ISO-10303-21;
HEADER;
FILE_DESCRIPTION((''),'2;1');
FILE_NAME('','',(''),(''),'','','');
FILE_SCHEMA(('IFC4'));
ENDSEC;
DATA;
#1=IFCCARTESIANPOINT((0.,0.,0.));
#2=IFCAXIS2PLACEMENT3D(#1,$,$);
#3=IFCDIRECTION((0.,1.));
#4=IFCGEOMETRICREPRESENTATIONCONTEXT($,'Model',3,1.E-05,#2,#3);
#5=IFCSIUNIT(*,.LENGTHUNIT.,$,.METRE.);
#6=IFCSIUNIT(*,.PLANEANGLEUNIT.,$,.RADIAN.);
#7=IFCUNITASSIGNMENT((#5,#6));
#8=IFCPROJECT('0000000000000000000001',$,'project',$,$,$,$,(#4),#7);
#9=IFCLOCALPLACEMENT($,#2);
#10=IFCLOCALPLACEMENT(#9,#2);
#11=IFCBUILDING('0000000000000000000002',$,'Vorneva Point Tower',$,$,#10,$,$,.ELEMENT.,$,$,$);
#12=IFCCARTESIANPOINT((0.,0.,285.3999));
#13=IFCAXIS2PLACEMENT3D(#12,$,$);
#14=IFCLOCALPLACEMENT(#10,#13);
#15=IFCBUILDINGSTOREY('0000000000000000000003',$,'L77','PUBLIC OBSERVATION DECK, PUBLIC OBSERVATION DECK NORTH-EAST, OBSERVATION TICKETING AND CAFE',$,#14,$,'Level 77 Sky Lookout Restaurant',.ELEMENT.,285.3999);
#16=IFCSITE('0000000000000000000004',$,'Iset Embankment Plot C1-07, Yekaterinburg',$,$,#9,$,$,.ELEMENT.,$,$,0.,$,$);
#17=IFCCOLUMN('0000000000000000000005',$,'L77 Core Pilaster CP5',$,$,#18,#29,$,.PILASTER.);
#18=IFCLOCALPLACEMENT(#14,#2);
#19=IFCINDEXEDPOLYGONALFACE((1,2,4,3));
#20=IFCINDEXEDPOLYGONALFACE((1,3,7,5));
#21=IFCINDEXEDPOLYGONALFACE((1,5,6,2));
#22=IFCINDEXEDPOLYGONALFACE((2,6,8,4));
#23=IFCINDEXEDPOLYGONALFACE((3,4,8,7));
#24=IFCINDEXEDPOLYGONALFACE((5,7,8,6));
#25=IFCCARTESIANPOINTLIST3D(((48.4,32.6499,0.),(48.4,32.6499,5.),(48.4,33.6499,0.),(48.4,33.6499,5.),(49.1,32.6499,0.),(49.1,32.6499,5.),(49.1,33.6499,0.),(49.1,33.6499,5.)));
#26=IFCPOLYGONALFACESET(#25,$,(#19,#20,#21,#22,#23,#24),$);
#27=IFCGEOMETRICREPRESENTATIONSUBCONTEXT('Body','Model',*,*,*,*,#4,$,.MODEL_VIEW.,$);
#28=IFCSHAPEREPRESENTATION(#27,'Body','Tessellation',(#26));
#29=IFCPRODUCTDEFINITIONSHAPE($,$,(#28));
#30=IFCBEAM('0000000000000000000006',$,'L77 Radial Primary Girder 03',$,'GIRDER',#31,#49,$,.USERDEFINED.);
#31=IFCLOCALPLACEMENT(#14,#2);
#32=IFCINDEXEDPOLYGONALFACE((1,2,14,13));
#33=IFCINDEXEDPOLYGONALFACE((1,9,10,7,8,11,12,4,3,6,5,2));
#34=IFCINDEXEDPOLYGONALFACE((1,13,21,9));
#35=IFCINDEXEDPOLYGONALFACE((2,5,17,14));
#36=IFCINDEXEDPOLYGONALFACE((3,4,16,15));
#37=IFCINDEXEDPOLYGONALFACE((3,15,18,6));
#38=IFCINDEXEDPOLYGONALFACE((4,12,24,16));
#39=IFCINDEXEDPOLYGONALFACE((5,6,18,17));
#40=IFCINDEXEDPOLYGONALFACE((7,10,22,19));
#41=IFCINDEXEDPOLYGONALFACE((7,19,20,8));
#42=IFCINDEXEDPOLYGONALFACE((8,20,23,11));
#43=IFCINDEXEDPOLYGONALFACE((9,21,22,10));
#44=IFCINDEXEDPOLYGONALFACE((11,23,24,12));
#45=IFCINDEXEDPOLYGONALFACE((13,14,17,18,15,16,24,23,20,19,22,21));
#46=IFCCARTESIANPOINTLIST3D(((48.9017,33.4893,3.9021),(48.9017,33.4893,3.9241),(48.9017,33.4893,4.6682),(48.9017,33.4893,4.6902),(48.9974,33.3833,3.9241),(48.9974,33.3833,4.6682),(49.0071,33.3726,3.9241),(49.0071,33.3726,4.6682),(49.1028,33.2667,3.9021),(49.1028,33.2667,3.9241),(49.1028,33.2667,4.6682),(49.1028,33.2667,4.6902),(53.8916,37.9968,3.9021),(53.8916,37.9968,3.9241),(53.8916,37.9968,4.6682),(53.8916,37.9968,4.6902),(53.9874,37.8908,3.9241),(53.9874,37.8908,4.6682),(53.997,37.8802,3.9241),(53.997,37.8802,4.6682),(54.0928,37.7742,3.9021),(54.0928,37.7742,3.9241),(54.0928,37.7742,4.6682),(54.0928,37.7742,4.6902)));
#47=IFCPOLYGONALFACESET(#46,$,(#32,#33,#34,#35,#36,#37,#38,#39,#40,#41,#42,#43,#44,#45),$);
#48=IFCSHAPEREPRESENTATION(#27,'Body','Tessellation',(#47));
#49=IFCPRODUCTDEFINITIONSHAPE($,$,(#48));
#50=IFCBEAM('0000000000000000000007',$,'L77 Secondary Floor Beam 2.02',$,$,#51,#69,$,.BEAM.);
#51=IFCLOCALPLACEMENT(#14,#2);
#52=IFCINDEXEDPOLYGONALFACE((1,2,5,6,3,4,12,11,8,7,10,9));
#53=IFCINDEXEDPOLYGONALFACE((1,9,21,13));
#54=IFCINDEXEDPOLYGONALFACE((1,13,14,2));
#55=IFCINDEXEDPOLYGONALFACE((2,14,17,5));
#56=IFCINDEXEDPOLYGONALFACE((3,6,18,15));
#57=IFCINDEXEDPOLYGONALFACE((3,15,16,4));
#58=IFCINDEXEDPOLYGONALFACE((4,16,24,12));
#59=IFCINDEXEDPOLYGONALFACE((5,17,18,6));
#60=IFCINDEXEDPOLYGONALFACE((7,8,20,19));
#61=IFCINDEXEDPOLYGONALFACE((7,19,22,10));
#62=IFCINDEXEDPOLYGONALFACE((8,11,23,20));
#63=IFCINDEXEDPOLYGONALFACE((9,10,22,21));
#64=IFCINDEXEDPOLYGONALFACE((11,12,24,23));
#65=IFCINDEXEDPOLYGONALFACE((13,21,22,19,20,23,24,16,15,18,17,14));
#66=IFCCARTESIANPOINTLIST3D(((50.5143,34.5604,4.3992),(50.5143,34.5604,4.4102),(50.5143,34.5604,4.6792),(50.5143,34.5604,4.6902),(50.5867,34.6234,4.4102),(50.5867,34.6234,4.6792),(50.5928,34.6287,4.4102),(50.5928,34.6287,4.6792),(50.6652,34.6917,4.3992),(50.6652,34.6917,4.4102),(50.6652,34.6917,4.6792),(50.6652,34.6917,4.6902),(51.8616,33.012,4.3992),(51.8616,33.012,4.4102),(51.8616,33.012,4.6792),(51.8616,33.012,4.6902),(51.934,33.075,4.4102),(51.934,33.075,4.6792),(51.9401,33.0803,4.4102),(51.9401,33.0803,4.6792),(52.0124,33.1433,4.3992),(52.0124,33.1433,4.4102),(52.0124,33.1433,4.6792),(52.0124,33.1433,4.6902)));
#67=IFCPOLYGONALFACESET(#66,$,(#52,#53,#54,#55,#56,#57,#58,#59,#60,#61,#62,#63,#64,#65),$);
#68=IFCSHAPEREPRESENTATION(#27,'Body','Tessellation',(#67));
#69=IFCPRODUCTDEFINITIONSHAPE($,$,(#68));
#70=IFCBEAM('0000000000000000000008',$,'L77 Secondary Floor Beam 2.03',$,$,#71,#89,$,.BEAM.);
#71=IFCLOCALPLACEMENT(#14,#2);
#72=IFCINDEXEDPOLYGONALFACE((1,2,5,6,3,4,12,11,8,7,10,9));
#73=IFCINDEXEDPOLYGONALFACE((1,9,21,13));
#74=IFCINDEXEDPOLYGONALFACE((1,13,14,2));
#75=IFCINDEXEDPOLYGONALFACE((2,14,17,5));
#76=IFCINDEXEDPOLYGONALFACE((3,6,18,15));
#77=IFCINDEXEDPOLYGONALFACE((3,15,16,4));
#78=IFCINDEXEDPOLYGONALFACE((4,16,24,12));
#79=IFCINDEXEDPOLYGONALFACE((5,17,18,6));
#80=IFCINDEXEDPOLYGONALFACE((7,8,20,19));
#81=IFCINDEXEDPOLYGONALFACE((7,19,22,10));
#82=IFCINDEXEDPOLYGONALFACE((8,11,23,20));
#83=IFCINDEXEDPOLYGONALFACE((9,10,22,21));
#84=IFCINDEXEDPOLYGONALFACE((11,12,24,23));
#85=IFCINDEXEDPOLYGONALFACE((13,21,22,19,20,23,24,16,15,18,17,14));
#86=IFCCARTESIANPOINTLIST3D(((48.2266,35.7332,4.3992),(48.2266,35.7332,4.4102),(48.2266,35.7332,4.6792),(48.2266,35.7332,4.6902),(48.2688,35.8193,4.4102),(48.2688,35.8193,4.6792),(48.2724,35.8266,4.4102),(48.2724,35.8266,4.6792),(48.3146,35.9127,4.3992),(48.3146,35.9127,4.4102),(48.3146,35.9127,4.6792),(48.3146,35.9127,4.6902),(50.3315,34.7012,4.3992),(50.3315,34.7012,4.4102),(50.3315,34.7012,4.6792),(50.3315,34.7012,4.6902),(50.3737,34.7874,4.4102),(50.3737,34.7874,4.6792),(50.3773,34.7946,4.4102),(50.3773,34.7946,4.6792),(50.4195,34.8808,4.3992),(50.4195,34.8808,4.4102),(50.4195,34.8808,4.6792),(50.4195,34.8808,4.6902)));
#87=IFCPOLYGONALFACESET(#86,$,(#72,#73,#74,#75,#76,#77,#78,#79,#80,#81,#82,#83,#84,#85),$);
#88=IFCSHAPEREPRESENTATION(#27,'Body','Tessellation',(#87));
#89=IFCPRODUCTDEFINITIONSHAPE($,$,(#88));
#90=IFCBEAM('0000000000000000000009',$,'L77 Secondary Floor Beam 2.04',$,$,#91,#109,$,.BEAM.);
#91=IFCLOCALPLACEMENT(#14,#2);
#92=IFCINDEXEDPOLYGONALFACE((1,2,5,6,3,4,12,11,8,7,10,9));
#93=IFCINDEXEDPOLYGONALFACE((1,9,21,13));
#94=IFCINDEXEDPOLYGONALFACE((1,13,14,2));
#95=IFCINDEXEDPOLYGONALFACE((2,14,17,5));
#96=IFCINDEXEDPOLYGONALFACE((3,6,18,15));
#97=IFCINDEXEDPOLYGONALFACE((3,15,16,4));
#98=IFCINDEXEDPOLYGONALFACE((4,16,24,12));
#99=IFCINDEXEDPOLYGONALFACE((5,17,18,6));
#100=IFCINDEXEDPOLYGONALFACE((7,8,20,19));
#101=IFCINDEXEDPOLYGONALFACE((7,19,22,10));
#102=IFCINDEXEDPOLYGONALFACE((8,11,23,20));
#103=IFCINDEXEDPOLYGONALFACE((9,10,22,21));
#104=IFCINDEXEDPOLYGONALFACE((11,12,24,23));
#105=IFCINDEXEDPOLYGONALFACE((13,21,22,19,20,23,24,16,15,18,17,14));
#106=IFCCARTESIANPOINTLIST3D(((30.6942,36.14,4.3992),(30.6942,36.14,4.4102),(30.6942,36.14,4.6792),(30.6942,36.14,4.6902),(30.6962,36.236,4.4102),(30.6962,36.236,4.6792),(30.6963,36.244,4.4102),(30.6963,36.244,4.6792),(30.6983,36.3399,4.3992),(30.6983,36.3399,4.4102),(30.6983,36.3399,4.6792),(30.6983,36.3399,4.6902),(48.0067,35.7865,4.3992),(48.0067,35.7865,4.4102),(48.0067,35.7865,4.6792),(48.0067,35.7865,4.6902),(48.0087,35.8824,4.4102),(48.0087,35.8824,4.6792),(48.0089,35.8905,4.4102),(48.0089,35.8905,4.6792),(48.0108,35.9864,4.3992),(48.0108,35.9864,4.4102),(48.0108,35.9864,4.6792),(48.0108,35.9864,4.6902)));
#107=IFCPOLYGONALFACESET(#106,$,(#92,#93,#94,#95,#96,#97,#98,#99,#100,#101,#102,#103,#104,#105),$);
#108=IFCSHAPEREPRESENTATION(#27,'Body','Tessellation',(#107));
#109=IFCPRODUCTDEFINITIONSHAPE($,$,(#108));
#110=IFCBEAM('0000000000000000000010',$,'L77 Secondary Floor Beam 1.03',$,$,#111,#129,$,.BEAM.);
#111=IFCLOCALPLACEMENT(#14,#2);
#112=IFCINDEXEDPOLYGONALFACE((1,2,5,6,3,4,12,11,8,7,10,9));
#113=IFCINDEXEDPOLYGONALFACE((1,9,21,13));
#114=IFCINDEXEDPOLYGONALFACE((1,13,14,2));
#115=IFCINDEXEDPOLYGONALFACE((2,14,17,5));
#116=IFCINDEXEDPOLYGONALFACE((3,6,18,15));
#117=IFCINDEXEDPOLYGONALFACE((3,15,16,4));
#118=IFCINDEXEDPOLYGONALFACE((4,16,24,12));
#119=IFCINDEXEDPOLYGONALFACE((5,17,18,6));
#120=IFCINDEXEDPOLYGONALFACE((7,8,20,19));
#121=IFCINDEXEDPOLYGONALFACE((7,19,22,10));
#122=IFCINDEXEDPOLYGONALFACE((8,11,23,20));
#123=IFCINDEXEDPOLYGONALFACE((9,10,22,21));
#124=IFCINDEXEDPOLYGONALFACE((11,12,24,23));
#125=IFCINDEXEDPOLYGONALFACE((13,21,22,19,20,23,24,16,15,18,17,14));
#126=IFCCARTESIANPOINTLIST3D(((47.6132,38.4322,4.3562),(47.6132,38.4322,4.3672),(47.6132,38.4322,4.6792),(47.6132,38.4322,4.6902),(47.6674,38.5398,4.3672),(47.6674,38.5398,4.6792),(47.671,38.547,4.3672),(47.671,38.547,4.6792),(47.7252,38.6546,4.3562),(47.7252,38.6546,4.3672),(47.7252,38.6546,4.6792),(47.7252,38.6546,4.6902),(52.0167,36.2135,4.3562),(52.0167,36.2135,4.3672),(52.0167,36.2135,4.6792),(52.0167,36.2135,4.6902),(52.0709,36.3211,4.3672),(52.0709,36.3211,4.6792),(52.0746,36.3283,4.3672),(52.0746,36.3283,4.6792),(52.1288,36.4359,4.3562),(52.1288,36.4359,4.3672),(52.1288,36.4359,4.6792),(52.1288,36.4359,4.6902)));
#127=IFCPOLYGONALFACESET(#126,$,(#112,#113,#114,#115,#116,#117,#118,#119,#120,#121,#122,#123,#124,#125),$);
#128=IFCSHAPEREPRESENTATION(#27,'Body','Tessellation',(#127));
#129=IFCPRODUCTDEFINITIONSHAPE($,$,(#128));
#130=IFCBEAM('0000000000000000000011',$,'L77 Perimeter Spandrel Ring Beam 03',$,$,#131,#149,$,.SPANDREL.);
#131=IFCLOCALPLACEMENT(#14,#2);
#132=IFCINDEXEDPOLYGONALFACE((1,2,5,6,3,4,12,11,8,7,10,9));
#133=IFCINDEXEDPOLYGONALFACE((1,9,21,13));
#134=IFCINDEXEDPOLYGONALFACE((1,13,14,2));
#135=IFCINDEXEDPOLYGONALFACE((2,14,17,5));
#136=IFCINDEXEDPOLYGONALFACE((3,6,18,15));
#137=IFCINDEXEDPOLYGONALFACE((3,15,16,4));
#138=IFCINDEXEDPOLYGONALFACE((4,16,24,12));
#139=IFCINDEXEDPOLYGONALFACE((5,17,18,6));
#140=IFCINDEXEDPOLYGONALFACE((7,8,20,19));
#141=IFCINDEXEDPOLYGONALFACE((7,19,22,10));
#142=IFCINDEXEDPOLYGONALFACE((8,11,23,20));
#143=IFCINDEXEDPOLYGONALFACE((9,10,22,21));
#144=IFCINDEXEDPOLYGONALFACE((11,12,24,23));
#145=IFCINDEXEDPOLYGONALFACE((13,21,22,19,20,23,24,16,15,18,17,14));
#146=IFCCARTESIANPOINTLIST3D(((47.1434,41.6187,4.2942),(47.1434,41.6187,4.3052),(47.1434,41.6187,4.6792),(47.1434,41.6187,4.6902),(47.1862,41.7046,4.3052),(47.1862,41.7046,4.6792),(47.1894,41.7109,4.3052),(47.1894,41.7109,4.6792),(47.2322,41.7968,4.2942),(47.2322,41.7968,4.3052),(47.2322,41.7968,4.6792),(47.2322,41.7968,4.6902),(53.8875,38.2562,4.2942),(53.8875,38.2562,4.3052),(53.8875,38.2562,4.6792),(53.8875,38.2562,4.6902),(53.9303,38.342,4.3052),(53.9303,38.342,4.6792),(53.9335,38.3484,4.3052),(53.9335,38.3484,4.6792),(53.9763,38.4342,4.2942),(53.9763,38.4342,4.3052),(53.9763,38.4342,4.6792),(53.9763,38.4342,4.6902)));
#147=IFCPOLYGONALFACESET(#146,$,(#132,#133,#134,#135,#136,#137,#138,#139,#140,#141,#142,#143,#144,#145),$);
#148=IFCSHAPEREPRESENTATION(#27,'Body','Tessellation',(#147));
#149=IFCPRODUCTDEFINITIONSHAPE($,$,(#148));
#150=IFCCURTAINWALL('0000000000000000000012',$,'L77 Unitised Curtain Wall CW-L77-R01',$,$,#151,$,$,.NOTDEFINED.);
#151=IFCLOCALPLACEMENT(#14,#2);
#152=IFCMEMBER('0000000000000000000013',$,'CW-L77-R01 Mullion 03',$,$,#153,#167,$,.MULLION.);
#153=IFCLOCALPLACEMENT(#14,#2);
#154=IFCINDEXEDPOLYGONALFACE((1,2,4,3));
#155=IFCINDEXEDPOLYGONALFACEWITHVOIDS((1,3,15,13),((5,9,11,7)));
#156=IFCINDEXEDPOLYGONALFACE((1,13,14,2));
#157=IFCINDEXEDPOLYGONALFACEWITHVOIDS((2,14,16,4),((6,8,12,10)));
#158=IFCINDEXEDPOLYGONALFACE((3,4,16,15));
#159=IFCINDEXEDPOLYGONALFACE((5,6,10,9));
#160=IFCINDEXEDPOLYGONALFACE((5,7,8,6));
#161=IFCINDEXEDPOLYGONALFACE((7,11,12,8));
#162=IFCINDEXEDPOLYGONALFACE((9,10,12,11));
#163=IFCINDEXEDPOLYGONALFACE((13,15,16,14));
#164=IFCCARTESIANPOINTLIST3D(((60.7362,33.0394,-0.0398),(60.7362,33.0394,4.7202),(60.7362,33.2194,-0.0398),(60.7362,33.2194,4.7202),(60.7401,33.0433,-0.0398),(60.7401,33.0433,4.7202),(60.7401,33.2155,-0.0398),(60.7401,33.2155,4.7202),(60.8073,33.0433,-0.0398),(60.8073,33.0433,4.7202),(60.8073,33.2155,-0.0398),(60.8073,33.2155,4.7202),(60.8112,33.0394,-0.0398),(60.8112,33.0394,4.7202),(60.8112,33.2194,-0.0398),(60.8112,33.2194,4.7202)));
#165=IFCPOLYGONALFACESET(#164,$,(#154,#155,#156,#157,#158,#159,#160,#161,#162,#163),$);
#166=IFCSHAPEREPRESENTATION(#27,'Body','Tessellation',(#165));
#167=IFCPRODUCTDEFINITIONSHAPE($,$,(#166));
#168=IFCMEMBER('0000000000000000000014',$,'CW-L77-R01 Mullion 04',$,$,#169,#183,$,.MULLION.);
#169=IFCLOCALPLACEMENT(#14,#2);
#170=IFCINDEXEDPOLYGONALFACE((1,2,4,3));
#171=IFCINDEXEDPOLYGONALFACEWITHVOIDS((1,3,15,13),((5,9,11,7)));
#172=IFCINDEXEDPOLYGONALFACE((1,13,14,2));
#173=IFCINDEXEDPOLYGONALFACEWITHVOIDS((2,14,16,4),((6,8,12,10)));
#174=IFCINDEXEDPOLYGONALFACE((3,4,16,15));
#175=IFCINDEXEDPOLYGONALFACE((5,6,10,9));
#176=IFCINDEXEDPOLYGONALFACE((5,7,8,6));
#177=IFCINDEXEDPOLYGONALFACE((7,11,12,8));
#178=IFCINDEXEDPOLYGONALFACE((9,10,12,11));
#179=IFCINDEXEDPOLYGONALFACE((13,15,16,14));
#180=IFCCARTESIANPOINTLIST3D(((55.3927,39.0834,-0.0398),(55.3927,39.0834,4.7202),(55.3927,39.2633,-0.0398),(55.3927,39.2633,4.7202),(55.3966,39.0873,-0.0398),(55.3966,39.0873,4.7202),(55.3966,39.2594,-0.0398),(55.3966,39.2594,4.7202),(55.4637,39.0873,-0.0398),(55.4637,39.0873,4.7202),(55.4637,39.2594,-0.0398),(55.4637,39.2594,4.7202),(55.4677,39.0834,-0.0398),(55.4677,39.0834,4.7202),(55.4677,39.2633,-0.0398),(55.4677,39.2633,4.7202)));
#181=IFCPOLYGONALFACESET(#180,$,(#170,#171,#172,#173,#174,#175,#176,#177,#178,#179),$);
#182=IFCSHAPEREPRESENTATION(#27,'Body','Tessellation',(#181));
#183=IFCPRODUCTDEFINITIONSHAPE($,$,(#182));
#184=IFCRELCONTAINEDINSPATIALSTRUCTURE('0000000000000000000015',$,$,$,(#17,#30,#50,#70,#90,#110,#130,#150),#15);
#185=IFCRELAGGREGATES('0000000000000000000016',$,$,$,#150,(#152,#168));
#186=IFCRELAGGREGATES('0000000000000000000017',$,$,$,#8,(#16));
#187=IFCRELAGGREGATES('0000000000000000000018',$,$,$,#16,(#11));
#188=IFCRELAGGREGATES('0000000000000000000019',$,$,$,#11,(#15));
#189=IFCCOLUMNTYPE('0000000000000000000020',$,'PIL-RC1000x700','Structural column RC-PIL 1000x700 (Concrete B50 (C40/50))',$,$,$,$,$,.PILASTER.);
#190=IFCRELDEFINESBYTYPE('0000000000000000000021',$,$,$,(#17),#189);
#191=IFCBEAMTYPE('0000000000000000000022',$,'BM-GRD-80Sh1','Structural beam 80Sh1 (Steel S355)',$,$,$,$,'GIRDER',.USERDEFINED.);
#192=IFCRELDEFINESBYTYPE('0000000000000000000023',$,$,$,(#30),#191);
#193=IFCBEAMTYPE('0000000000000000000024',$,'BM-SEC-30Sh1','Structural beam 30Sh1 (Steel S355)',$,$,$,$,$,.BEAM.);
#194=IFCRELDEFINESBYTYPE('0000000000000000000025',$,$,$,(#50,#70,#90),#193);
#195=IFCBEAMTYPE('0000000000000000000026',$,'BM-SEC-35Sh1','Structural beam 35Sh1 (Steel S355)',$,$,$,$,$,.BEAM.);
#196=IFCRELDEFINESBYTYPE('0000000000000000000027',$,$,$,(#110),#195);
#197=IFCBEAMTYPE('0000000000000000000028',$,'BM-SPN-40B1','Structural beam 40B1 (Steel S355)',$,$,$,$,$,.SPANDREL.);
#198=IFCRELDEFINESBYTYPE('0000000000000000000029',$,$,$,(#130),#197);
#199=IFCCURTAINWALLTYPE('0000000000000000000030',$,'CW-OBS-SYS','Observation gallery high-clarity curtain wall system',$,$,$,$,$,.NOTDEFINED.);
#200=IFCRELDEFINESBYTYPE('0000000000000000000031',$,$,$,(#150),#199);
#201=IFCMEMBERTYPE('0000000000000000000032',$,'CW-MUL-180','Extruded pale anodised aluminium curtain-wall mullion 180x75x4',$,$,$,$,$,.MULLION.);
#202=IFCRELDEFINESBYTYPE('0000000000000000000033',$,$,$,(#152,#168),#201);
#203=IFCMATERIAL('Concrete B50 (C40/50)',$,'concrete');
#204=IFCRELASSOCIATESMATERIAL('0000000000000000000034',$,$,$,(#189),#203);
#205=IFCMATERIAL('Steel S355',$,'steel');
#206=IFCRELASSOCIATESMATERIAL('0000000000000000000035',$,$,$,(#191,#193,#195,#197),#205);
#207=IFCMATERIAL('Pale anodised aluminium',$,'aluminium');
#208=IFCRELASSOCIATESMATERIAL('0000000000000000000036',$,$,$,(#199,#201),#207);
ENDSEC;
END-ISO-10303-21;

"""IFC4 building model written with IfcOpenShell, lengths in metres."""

from ifc_helpers import new_model, si_unit, direction, frame, origin, origin_2d, place, context, subcontext, project, spatial, rectangle, hollow_rectangle, i_section, extrude, material, material_profile, profile_set, type_object, element, aggregate, save


model = new_model("IFC4")

# Units and contexts
model_context = context("Model", 3, precision=1e-05, world=origin(), true_north=direction((0.0, 1.0)))
body_context = subcontext(model_context, "Body", "Model", "MODEL_VIEW")
ifc_project = project(units=[si_unit("LENGTHUNIT", "METRE"), si_unit("PLANEANGLEUNIT", "RADIAN")], contexts=[model_context])

# Site, building, storey
site_placement = place(None, origin())
site = spatial("IfcSite", under=ifc_project, at=site_placement, Name="Iset Embankment Plot C1-07, Yekaterinburg", CompositionType="ELEMENT", RefElevation=0.0)
building_placement = place(site_placement, origin())
building = spatial("IfcBuilding", under=site, at=building_placement, Name="Vorneva Point Tower", CompositionType="ELEMENT")
storey_placement = place(building_placement, frame((0.0, 0.0, 285.3999)))
storey = spatial("IfcBuildingStorey", under=building, at=storey_placement, Name="L77", Description="PUBLIC OBSERVATION DECK, PUBLIC OBSERVATION DECK NORTH-EAST, OBSERVATION TICKETING AND CAFE", LongName="Level 77 Sky Lookout Restaurant", CompositionType="ELEMENT", Elevation=285.3999)

# Column
ifc_material_1 = material(Name="Concrete B50 (C40/50)", Category="concrete")
ifc_material_profile_1 = material_profile(ifc_material_1, rectangle(XDim=0.7, YDim=1.0, at=origin_2d()), Name="RC-PIL 1000x700")
ifc_profile_set_1 = profile_set([ifc_material_profile_1], Name="Concrete B50 (C40/50)")
column_type_1 = type_object("IfcColumnType", Name="PIL-RC1000x700", Description="Structural column RC-PIL 1000x700 (Concrete B50 (C40/50))", PredefinedType="PILASTER", material=ifc_profile_set_1)
column_1_placement = place(storey_placement, frame((48.75, 33.1499, 0.0), z_axis=(0.0, 0.0, 1.0), x_axis=(1.0, 0.0, 0.0)))
element("IfcColumn", 1, at=column_1_placement, inside=storey, type_object=column_type_1, Name="L77 Core Pilaster CP5", PredefinedType="PILASTER", context=body_context, shape_type="SweptSolid", body=[
    extrude(rectangle(XDim=0.7, YDim=1.0, at=origin_2d()), origin(), (0.0, 0.0, 1.0), 5.0),
])

# Beams
ifc_material_2 = material(Name="Steel S355", Category="steel")
ifc_material_profile_2 = material_profile(ifc_material_2, i_section(OverallWidth=0.3, OverallDepth=0.7881, WebThickness=0.0144, FlangeThickness=0.022, at=origin_2d()), Name="80Sh1")
ifc_profile_set_2 = profile_set([ifc_material_profile_2], Name="Steel S355")
beam_type_1 = type_object("IfcBeamType", Name="BM-GRD-80Sh1", Description="Structural beam 80Sh1 (Steel S355)", ElementType="GIRDER", PredefinedType="USERDEFINED", material=ifc_profile_set_2)
beam_1_placement = place(storey_placement, frame((53.9922, 37.8855, 4.2961), z_axis=(-0.742067, -0.670326, 0.0), x_axis=(0.670326, -0.742067, 0.0)))
element("IfcBeam", 2, at=beam_1_placement, inside=storey, type_object=beam_type_1, Name="L77 Radial Primary Girder 03", ObjectType="GIRDER", PredefinedType="USERDEFINED", context=body_context, shape_type="SweptSolid", body=[
    extrude(i_section(OverallWidth=0.3, OverallDepth=0.7881, WebThickness=0.0144, FlangeThickness=0.022, at=origin_2d()), origin(), (0.0, 0.0, 1.0), 6.7244),
])
ifc_material_profile_3 = material_profile(ifc_material_2, i_section(OverallWidth=0.2, OverallDepth=0.291, WebThickness=0.0081, FlangeThickness=0.011, at=origin_2d()), Name="30Sh1")
ifc_profile_set_3 = profile_set([ifc_material_profile_3], Name="Steel S355")
beam_type_2 = type_object("IfcBeamType", Name="BM-SEC-30Sh1", Description="Structural beam 30Sh1 (Steel S355)", PredefinedType="BEAM", material=ifc_profile_set_3)
beam_2_placement = place(storey_placement, frame((51.937, 33.0776, 4.5447), z_axis=(-0.656397, 0.754416, 0.0), x_axis=(-0.754416, -0.656397, 0.0)))
element("IfcBeam", 3, at=beam_2_placement, inside=storey, type_object=beam_type_2, Name="L77 Secondary Floor Beam 2.02", PredefinedType="BEAM", context=body_context, shape_type="SweptSolid", body=[
    extrude(i_section(OverallWidth=0.2, OverallDepth=0.291, WebThickness=0.0081, FlangeThickness=0.011, at=origin_2d()), origin(), (0.0, 0.0, 1.0), 2.0525),
])
beam_3_placement = place(storey_placement, frame((50.3755, 34.791, 4.5447), z_axis=(-0.897899, 0.440202, 0.0), x_axis=(-0.440202, -0.897899, 0.0)))
element("IfcBeam", 4, at=beam_3_placement, inside=storey, type_object=beam_type_2, Name="L77 Secondary Floor Beam 2.03", PredefinedType="BEAM", context=body_context, shape_type="SweptSolid", body=[
    extrude(i_section(OverallWidth=0.2, OverallDepth=0.291, WebThickness=0.0081, FlangeThickness=0.011, at=origin_2d()), origin(), (0.0, 0.0, 1.0), 2.3442),
])
beam_4_placement = place(storey_placement, frame((48.0088, 35.8865, 4.5447), z_axis=(-0.999792, 0.020415, 0.0), x_axis=(-0.020415, -0.999792, 0.0)))
element("IfcBeam", 5, at=beam_4_placement, inside=storey, type_object=beam_type_2, Name="L77 Secondary Floor Beam 2.04", PredefinedType="BEAM", context=body_context, shape_type="SweptSolid", body=[
    extrude(i_section(OverallWidth=0.2, OverallDepth=0.291, WebThickness=0.0081, FlangeThickness=0.011, at=origin_2d()), origin(), (0.0, 0.0, 1.0), 17.3162),
])
ifc_material_profile_4 = material_profile(ifc_material_2, i_section(OverallWidth=0.249, OverallDepth=0.334, WebThickness=0.0081, FlangeThickness=0.011, at=origin_2d()), Name="35Sh1")
ifc_profile_set_4 = profile_set([ifc_material_profile_4], Name="Steel S355")
beam_type_3 = type_object("IfcBeamType", Name="BM-SEC-35Sh1", Description="Structural beam 35Sh1 (Steel S355)", PredefinedType="BEAM", material=ifc_profile_set_4)
beam_5_placement = place(storey_placement, frame((52.0728, 36.3247, 4.5232), z_axis=(-0.893047, 0.449964, 0.0), x_axis=(-0.449964, -0.893047, 0.0)))
element("IfcBeam", 6, at=beam_5_placement, inside=storey, type_object=beam_type_3, Name="L77 Secondary Floor Beam 1.03", PredefinedType="BEAM", context=body_context, shape_type="SweptSolid", body=[
    extrude(i_section(OverallWidth=0.249, OverallDepth=0.334, WebThickness=0.0081, FlangeThickness=0.011, at=origin_2d()), origin(), (0.0, 0.0, 1.0), 4.9309),
])
ifc_material_profile_5 = material_profile(ifc_material_2, i_section(OverallWidth=0.199, OverallDepth=0.396, WebThickness=0.0071, FlangeThickness=0.011, at=origin_2d()), Name="40B1")
ifc_profile_set_5 = profile_set([ifc_material_profile_5], Name="Steel S355")
beam_type_4 = type_object("IfcBeamType", Name="BM-SPN-40B1", Description="Structural beam 40B1 (Steel S355)", PredefinedType="SPANDREL", material=ifc_profile_set_5)
beam_6_placement = place(storey_placement, frame((53.9319, 38.3452, 4.4922), z_axis=(-0.894932, 0.446203, 0.0), x_axis=(-0.446203, -0.894932, 0.0)))
element("IfcBeam", 7, at=beam_6_placement, inside=storey, type_object=beam_type_4, Name="L77 Perimeter Spandrel Ring Beam 03", PredefinedType="SPANDREL", context=body_context, shape_type="SweptSolid", body=[
    extrude(i_section(OverallWidth=0.199, OverallDepth=0.396, WebThickness=0.0071, FlangeThickness=0.011, at=origin_2d()), origin(), (0.0, 0.0, 1.0), 7.5359),
])

# Curtain wall, members
ifc_material_3 = material(Name="Pale anodised aluminium", Category="aluminium")
curtain_wall_type = type_object("IfcCurtainWallType", Name="CW-OBS-SYS", Description="Observation gallery high-clarity curtain wall system", PredefinedType="NOTDEFINED", material=ifc_material_3)
curtain_wall_placement = place(storey_placement, origin())
curtain_wall = element("IfcCurtainWall", 8, at=curtain_wall_placement, inside=storey, type_object=curtain_wall_type, Name="L77 Unitised Curtain Wall CW-L77-R01", PredefinedType="NOTDEFINED")
ifc_material_profile_6 = material_profile(ifc_material_3, hollow_rectangle(XDim=0.075, YDim=0.1799, WallThickness=0.0039, at=origin_2d()), Name="AL-MUL 180x75x4")
ifc_profile_set_6 = profile_set([ifc_material_profile_6], Name="Pale anodised aluminium")
member_type_1 = type_object("IfcMemberType", Name="CW-MUL-180", Description="Extruded pale anodised aluminium curtain-wall mullion 180x75x4", PredefinedType="MULLION", material=ifc_profile_set_6)
member_1_placement = place(storey_placement, frame((60.7737, 33.1294, -0.0398), z_axis=(0.0, 0.0, 1.0), x_axis=(1.0, 0.0, 0.0)))
member_1 = element("IfcMember", 9, at=member_1_placement, type_object=member_type_1, Name="CW-L77-R01 Mullion 03", PredefinedType="MULLION", context=body_context, shape_type="SweptSolid", body=[
    extrude(hollow_rectangle(XDim=0.075, YDim=0.1799, WallThickness=0.0039, at=origin_2d()), origin(), (0.0, 0.0, 1.0), 4.76),
])
member_2_placement = place(storey_placement, frame((55.4302, 39.1733, -0.0398), z_axis=(0.0, 0.0, 1.0), x_axis=(1.0, 0.0, 0.0)))
member_2 = element("IfcMember", 10, at=member_2_placement, type_object=member_type_1, Name="CW-L77-R01 Mullion 04", PredefinedType="MULLION", context=body_context, shape_type="SweptSolid", body=[
    extrude(hollow_rectangle(XDim=0.075, YDim=0.1799, WallThickness=0.0039, at=origin_2d()), origin(), (0.0, 0.0, 1.0), 4.76),
])
aggregate(curtain_wall, [member_1, member_2])

save(model, "model.ifc")
